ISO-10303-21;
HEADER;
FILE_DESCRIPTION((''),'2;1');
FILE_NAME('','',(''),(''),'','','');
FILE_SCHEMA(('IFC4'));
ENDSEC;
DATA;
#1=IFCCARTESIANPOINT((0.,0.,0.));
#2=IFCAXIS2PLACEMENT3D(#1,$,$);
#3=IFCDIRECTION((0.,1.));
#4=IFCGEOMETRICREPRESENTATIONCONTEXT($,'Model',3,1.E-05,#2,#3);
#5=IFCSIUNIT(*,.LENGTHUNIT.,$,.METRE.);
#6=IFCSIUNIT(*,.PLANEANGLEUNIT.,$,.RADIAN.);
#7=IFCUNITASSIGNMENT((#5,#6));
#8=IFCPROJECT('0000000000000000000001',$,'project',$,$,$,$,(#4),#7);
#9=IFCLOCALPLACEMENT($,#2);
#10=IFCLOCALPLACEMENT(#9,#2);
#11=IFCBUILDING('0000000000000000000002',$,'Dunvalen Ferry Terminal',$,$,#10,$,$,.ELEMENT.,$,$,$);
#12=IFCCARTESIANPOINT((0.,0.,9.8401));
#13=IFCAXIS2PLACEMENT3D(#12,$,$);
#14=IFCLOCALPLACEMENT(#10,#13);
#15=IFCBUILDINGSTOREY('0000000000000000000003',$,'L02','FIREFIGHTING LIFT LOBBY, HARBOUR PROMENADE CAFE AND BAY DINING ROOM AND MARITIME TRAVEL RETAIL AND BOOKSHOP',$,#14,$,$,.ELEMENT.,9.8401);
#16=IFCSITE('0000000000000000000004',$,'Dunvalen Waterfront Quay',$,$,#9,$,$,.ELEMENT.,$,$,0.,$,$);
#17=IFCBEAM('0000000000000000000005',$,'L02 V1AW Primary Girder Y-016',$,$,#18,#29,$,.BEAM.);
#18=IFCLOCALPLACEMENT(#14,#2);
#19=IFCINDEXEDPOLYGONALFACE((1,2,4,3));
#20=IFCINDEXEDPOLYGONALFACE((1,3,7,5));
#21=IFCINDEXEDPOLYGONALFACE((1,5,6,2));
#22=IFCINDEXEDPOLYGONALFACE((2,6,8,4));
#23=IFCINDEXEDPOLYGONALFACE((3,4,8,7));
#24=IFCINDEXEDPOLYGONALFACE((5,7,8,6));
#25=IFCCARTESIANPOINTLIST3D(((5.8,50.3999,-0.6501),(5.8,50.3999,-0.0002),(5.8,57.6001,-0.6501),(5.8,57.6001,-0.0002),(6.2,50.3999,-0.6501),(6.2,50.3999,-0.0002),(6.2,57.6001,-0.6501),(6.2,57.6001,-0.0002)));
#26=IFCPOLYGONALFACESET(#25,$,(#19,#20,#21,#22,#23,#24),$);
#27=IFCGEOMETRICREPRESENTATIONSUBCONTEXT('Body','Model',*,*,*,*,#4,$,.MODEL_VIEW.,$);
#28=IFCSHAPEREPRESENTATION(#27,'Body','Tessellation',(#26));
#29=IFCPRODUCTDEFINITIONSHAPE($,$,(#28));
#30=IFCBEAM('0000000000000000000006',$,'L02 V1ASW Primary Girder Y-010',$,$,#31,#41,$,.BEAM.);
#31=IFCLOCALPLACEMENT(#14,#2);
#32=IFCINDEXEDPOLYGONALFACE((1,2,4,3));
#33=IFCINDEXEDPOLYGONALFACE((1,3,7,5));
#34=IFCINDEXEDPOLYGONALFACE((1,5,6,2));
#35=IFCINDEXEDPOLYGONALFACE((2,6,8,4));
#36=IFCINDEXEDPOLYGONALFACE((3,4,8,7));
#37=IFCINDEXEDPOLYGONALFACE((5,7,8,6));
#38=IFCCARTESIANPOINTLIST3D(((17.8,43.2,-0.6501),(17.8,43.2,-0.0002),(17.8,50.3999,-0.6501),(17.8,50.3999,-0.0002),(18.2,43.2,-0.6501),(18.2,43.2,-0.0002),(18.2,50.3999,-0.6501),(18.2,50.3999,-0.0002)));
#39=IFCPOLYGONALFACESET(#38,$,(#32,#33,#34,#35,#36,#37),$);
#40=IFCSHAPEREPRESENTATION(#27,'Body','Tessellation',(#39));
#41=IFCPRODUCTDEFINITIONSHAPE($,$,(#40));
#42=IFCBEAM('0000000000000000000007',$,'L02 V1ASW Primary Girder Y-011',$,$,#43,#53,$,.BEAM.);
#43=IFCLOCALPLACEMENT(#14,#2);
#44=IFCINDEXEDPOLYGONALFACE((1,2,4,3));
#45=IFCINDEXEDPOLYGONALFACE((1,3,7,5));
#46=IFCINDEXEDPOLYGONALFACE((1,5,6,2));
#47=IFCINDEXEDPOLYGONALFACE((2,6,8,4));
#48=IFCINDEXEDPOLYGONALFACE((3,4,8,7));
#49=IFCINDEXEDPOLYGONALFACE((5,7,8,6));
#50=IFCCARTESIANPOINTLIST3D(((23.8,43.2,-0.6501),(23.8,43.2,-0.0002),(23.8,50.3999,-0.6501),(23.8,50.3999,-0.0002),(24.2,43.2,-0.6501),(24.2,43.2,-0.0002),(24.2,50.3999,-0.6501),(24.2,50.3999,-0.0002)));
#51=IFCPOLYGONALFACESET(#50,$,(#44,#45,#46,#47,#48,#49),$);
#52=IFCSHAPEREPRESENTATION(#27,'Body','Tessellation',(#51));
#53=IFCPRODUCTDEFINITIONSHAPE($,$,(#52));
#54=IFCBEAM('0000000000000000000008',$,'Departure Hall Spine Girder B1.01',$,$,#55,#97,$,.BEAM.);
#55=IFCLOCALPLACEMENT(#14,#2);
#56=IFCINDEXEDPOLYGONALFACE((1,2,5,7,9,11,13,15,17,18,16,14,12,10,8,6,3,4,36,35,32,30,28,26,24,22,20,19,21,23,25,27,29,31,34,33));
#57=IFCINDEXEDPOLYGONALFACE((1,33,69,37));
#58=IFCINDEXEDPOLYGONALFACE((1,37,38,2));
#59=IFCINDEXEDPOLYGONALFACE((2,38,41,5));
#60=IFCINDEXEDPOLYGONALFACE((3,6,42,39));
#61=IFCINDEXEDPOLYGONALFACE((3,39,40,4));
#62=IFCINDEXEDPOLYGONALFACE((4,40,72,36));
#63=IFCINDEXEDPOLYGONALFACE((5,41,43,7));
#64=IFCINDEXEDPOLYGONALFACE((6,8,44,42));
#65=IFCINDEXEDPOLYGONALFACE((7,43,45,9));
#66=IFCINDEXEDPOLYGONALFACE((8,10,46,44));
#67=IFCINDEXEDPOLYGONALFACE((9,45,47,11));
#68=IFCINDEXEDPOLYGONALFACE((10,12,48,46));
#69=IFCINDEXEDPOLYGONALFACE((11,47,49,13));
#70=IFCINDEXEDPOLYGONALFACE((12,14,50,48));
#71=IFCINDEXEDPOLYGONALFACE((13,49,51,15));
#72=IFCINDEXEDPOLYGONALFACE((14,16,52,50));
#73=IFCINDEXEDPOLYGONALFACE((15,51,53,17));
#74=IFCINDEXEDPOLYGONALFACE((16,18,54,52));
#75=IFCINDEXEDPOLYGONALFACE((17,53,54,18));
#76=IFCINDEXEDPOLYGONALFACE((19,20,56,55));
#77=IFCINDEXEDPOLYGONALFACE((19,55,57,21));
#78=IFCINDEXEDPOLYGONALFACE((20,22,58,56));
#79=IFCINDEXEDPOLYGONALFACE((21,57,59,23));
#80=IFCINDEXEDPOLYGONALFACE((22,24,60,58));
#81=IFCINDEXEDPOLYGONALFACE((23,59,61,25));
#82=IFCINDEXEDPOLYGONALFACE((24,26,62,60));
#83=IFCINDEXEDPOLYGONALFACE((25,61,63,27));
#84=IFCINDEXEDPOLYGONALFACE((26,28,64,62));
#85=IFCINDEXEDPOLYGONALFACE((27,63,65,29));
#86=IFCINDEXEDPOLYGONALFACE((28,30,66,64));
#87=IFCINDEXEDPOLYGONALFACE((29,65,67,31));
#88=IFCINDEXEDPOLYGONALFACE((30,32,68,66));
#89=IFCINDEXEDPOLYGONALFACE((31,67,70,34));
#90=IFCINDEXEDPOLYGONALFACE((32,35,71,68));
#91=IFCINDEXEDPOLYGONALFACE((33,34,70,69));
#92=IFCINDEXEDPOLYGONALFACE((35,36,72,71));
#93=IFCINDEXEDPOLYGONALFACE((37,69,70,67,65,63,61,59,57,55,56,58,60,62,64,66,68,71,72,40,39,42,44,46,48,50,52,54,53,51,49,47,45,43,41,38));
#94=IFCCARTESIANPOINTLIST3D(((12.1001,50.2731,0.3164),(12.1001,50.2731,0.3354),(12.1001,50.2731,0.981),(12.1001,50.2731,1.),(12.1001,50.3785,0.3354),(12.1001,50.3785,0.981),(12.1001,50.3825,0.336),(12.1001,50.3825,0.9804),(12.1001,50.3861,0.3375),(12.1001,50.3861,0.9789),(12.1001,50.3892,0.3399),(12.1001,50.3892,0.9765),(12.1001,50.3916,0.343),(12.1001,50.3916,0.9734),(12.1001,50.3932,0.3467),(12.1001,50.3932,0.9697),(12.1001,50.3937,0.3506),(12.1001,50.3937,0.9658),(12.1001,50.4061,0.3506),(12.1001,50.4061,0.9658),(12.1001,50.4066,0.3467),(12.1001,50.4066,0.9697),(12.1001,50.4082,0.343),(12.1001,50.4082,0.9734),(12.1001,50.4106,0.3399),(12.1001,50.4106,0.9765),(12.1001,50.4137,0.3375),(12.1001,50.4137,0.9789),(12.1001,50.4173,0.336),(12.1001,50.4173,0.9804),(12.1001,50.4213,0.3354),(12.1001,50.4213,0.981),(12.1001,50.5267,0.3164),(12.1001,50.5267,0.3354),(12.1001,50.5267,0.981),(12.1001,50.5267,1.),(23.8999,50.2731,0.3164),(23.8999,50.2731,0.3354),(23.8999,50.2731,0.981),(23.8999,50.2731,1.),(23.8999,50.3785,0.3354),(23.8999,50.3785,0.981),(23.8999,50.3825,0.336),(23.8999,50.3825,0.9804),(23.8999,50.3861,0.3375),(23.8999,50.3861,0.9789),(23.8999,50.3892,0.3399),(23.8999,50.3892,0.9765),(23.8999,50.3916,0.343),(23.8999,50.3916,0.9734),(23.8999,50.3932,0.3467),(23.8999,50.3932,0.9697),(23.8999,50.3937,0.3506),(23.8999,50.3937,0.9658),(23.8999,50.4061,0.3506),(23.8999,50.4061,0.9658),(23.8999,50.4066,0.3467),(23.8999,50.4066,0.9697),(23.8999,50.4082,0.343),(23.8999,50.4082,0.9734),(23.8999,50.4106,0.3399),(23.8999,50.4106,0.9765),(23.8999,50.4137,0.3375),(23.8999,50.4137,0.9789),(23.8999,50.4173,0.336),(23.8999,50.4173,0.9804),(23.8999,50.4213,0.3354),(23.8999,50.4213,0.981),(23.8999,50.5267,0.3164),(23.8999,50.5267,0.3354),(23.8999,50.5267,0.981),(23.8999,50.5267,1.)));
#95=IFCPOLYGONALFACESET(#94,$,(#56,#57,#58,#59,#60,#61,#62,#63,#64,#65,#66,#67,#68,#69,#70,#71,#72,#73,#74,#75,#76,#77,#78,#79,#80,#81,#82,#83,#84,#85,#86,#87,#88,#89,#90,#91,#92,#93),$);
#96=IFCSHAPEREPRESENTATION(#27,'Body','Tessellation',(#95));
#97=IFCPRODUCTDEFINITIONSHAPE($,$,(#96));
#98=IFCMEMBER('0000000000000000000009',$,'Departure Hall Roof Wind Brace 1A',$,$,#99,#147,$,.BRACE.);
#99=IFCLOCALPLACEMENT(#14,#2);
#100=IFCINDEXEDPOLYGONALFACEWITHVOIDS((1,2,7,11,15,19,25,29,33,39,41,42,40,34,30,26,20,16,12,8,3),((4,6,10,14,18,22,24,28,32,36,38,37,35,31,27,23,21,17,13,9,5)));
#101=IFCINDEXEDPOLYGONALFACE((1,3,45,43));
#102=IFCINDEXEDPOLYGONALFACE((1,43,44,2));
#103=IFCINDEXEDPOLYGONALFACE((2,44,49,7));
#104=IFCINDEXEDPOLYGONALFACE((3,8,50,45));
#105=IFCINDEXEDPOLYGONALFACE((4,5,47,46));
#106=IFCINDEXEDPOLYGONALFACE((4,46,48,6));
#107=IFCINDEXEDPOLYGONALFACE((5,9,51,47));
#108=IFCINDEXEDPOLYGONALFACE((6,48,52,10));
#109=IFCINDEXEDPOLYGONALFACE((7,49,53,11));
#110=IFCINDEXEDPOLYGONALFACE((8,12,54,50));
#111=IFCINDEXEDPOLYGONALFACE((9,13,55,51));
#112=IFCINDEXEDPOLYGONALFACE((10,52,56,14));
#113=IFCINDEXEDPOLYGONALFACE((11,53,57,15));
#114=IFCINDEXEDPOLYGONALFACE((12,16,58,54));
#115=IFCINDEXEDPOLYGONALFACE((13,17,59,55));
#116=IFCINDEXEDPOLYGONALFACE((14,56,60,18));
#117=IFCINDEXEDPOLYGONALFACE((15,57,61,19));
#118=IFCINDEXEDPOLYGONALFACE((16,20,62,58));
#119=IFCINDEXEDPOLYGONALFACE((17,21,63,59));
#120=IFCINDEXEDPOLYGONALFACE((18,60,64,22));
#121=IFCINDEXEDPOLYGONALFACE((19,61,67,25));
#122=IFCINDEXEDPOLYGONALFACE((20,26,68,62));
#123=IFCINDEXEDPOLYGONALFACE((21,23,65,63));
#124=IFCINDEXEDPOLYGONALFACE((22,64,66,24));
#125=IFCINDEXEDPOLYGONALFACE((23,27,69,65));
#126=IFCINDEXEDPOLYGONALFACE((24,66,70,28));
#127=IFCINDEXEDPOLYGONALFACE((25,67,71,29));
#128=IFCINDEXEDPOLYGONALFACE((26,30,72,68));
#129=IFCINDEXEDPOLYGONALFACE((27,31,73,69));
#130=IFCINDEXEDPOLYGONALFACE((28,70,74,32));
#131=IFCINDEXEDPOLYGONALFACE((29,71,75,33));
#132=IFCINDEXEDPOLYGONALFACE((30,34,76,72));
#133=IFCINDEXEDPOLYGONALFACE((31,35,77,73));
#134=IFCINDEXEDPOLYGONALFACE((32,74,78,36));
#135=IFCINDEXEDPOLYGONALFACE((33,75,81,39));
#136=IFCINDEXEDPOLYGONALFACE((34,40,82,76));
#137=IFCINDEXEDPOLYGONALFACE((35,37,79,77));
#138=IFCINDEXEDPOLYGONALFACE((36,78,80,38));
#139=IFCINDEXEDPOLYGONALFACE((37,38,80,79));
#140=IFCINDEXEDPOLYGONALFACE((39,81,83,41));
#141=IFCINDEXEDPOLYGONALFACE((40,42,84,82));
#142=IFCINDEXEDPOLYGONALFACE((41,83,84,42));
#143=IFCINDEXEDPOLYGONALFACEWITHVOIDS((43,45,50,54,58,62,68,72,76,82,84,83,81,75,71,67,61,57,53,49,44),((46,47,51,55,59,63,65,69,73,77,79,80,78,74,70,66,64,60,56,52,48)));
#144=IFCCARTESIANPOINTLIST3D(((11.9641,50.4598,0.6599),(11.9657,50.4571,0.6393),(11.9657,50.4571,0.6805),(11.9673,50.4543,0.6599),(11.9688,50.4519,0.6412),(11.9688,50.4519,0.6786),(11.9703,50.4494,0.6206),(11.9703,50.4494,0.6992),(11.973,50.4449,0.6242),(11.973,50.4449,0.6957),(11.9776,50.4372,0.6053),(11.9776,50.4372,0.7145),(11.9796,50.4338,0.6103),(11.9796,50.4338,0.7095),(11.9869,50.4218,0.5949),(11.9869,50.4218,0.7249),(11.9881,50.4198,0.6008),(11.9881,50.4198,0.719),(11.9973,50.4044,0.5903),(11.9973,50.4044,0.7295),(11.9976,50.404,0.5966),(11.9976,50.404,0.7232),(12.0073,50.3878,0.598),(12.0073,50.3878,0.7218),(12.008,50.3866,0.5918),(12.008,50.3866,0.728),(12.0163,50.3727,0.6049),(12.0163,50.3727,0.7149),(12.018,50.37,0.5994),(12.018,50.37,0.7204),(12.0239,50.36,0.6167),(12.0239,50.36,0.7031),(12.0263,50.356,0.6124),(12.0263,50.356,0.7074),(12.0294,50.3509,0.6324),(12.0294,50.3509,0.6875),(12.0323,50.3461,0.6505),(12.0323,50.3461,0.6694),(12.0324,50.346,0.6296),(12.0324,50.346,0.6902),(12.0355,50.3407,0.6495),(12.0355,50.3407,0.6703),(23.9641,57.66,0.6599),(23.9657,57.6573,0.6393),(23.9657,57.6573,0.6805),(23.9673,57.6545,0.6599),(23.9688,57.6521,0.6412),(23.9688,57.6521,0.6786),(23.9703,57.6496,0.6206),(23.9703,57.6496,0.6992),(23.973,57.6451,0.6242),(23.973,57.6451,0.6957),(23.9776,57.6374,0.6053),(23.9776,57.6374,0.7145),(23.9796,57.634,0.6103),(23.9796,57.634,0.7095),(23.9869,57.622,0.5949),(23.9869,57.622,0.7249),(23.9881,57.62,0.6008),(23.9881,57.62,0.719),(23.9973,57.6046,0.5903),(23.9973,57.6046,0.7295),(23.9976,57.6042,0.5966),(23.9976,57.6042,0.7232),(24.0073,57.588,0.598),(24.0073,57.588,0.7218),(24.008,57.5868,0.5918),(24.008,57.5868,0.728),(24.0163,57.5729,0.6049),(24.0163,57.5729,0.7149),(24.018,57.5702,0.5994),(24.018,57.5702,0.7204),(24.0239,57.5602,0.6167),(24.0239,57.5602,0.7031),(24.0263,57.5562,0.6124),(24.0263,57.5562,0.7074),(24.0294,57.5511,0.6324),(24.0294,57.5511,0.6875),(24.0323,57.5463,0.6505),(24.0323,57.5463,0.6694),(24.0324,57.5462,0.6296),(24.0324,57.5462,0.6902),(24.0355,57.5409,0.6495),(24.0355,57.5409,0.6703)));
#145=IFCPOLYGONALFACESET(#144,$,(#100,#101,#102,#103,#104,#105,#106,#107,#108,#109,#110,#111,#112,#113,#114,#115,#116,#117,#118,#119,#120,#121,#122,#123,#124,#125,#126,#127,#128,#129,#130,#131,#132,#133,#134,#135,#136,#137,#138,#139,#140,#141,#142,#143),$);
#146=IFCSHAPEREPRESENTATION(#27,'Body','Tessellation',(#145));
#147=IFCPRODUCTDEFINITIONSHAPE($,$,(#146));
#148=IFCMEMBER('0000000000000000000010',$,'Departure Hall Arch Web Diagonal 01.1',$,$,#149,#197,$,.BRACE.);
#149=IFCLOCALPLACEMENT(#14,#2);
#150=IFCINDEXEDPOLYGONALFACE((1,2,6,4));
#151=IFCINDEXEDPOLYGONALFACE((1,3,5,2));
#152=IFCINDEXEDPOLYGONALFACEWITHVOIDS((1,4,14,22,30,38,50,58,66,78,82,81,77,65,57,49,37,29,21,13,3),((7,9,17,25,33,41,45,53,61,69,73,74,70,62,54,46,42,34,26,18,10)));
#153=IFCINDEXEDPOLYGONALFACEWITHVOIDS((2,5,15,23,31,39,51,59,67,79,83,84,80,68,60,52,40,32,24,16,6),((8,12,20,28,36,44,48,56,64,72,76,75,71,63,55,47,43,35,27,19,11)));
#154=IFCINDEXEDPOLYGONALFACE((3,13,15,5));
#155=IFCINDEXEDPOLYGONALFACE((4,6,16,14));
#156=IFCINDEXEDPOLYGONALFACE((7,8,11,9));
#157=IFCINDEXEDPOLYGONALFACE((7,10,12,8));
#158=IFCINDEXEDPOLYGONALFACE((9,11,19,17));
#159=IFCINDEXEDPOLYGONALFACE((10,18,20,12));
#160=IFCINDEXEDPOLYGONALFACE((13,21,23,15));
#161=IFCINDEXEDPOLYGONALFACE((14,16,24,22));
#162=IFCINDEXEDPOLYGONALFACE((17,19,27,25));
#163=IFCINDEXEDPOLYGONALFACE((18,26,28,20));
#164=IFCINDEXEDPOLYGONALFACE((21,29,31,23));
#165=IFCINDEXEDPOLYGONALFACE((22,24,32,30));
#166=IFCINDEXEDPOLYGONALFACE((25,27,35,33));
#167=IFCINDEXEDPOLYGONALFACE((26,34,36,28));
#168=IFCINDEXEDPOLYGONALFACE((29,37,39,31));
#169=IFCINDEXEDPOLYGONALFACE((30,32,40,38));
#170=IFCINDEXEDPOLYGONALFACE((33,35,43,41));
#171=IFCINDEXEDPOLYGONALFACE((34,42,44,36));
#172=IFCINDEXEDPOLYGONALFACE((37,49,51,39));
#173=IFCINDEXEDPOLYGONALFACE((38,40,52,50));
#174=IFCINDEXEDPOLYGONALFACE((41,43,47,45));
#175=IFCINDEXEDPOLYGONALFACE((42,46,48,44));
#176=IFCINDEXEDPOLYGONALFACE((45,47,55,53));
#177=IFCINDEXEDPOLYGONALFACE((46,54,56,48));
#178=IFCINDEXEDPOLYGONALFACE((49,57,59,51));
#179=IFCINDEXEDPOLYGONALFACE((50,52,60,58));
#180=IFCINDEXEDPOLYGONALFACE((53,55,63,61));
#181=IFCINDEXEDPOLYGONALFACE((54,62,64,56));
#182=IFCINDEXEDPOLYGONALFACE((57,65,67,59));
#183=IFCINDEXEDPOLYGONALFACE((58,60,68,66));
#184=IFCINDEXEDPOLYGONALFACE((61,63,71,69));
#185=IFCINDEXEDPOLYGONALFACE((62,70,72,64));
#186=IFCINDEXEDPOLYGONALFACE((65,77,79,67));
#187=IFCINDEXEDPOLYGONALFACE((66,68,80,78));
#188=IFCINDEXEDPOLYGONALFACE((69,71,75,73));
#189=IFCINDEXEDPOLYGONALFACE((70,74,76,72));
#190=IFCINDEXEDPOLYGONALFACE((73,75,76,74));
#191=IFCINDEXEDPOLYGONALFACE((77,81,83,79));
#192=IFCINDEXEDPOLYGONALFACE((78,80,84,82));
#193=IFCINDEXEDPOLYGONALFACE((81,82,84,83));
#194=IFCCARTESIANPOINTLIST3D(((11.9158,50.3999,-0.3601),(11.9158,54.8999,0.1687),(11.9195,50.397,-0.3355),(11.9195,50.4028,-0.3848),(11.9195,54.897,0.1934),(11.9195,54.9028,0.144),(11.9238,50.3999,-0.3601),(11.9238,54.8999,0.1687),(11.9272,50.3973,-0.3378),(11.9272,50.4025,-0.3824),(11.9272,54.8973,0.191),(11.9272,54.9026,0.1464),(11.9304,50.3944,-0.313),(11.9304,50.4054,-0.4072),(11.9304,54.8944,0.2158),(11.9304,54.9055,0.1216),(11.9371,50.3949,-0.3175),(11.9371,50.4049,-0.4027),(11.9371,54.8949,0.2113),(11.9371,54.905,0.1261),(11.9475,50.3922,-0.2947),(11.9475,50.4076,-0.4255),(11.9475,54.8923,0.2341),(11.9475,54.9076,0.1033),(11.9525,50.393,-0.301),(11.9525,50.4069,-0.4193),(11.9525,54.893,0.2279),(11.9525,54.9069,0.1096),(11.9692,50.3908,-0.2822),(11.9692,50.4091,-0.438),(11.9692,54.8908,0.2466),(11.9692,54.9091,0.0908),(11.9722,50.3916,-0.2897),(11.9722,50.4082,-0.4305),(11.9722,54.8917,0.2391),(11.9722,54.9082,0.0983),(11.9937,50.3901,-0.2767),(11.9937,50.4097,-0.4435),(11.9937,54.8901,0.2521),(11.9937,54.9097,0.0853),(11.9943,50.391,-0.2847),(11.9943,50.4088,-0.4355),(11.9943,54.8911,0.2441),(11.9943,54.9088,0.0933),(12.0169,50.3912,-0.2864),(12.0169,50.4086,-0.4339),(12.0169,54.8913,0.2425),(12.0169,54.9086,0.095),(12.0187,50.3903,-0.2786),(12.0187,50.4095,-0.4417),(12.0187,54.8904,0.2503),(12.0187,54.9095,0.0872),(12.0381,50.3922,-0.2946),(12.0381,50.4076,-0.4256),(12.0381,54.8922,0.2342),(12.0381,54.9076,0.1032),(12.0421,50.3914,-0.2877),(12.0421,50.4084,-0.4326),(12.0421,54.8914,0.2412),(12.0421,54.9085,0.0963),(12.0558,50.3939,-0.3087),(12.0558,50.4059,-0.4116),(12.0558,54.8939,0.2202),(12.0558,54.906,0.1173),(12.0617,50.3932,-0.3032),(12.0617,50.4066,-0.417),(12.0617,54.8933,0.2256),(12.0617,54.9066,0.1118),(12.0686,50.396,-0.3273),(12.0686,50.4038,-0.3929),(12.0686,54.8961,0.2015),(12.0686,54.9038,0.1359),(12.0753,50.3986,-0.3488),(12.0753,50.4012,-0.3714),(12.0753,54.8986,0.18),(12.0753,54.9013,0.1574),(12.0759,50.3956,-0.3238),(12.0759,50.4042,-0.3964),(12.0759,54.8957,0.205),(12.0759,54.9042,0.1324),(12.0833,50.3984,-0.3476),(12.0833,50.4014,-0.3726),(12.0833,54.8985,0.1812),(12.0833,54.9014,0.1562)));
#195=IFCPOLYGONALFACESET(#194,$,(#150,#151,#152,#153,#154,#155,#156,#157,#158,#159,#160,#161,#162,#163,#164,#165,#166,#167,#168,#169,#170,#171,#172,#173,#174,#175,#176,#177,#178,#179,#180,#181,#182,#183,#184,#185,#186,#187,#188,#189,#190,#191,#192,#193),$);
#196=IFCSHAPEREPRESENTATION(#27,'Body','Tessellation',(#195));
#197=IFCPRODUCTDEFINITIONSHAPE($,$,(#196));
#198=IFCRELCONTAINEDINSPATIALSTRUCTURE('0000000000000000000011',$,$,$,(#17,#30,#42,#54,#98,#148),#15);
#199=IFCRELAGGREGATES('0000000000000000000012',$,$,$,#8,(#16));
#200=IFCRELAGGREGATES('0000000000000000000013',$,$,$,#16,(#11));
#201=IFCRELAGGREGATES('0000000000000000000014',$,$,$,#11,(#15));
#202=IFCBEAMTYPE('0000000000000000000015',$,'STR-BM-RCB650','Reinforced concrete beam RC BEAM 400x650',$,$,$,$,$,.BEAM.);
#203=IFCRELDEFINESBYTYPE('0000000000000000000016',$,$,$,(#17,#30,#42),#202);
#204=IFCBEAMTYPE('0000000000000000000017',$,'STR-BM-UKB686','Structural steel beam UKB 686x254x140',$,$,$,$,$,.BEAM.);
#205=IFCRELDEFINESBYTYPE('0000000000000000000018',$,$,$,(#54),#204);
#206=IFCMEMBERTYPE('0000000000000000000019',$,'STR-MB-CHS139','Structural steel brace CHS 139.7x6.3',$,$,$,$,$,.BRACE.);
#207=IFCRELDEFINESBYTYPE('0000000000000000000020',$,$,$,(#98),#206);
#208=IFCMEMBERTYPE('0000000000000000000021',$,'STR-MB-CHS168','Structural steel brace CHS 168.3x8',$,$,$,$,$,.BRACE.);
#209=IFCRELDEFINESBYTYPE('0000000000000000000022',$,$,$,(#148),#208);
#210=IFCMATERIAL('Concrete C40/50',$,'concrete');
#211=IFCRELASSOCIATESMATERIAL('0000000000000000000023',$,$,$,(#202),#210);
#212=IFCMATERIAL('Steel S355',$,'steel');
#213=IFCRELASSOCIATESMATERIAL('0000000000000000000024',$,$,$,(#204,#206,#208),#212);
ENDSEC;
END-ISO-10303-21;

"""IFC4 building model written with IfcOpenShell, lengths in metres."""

from ifc_helpers import new_model, si_unit, direction, frame, origin, origin_2d, place, context, subcontext, project, spatial, rectangle, hollow_circle, i_section, extrude, material, material_profile, profile_set, type_object, element, save


model = new_model("IFC4")

# Units and contexts
model_context = context("Model", 3, precision=1e-05, world=origin(), true_north=direction((0.0, 1.0)))
body_context = subcontext(model_context, "Body", "Model", "MODEL_VIEW")
ifc_project = project(units=[si_unit("LENGTHUNIT", "METRE"), si_unit("PLANEANGLEUNIT", "RADIAN")], contexts=[model_context])

# Site, building, storey
site_placement = place(None, origin())
site = spatial("IfcSite", under=ifc_project, at=site_placement, Name="Dunvalen Waterfront Quay", CompositionType="ELEMENT", RefElevation=0.0)
building_placement = place(site_placement, origin())
building = spatial("IfcBuilding", under=site, at=building_placement, Name="Dunvalen Ferry Terminal", CompositionType="ELEMENT")
storey_placement = place(building_placement, frame((0.0, 0.0, 9.8401)))
storey = spatial("IfcBuildingStorey", under=building, at=storey_placement, Name="L02", Description="FIREFIGHTING LIFT LOBBY, HARBOUR PROMENADE CAFE AND BAY DINING ROOM AND MARITIME TRAVEL RETAIL AND BOOKSHOP", CompositionType="ELEMENT", Elevation=9.8401)

# Beams
ifc_material_1 = material(Name="Concrete C40/50", Category="concrete")
ifc_material_profile_1 = material_profile(ifc_material_1, rectangle(XDim=0.3999, YDim=0.6499, at=origin_2d()), Name="Concrete C40/50")
ifc_profile_set_1 = profile_set([ifc_material_profile_1], Name="Concrete C40/50")
beam_type_1 = type_object("IfcBeamType", Name="STR-BM-RCB650", Description="Reinforced concrete beam RC BEAM 400x650", PredefinedType="BEAM", material=ifc_profile_set_1)
beam_1_placement = place(storey_placement, frame((6.0, 50.3999, -0.3252), z_axis=(0.0, 1.0, 0.0), x_axis=(-1.0, 0.0, 0.0)))
element("IfcBeam", 1, at=beam_1_placement, inside=storey, type_object=beam_type_1, Name="L02 V1AW Primary Girder Y-016", PredefinedType="BEAM", context=body_context, shape_type="SweptSolid", body=[
    extrude(rectangle(XDim=0.3999, YDim=0.6499, at=origin_2d()), origin(), (0.0, 0.0, 1.0), 7.2002),
])
for number, where, z_axis, x_axis, name in (
    (2, (18.0, 43.2, -0.3252), (0.0, 1.0, 0.0), (-1.0, 0.0, 0.0), "L02 V1ASW Primary Girder Y-010"),
    (3, (24.0, 43.2, -0.3252), (0.0, 1.0, 0.0), (-1.0, 0.0, 0.0), "L02 V1ASW Primary Girder Y-011"),
):
    element("IfcBeam", number, at=place(storey_placement, frame(where, z_axis=z_axis, x_axis=x_axis)), inside=storey, type_object=beam_type_1, Name=name, PredefinedType="BEAM", context=body_context, shape_type="SweptSolid", body=[
        extrude(rectangle(XDim=0.3999, YDim=0.6499, at=origin_2d()), origin(), (0.0, 0.0, 1.0), 7.2),
    ])
ifc_material_2 = material(Name="Steel S355", Category="steel")
ifc_material_profile_2 = material_profile(ifc_material_2, i_section(OverallWidth=0.2537, OverallDepth=0.6836, WebThickness=0.0125, FlangeThickness=0.019, FilletRadius=0.0151, at=origin_2d()), Name="Steel S355")
ifc_profile_set_2 = profile_set([ifc_material_profile_2], Name="Steel S355")
beam_type_2 = type_object("IfcBeamType", Name="STR-BM-UKB686", Description="Structural steel beam UKB 686x254x140", PredefinedType="BEAM", material=ifc_profile_set_2)
beam_2_placement = place(storey_placement, frame((12.1001, 50.3999, 0.6582), z_axis=(1.0, 0.0, 0.0), x_axis=(0.0, 1.0, 0.0)))
element("IfcBeam", 4, at=beam_2_placement, inside=storey, type_object=beam_type_2, Name="Departure Hall Spine Girder B1.01", PredefinedType="BEAM", context=body_context, shape_type="SweptSolid", body=[
    extrude(i_section(OverallWidth=0.2537, OverallDepth=0.6836, WebThickness=0.0125, FlangeThickness=0.019, FilletRadius=0.0151, at=origin_2d()), origin(), (0.0, 0.0, 1.0), 11.7998),
])

# Members
ifc_material_profile_3 = material_profile(ifc_material_2, hollow_circle(Radius=0.0698, WallThickness=0.0063, at=origin_2d()), Name="Steel S355")
ifc_profile_set_3 = profile_set([ifc_material_profile_3], Name="Steel S355")
member_type_1 = type_object("IfcMemberType", Name="STR-MB-CHS139", Description="Structural steel brace CHS 139.7x6.3", PredefinedType="BRACE", material=ifc_profile_set_3)
member_1_placement = place(storey_placement, frame((12.0, 50.3999, 0.6599), z_axis=(0.857487, 0.514506, 0.0), x_axis=(-0.514506, 0.857487, 0.0)))
element("IfcMember", 5, at=member_1_placement, inside=storey, type_object=member_type_1, Name="Departure Hall Roof Wind Brace 1A", PredefinedType="BRACE", context=body_context, shape_type="SweptSolid", body=[
    extrude(hollow_circle(Radius=0.0698, WallThickness=0.0063, at=origin_2d()), origin(), (0.0, 0.0, 1.0), 13.9944),
])
ifc_material_profile_4 = material_profile(ifc_material_2, hollow_circle(Radius=0.0842, WallThickness=0.0081, at=origin_2d()), Name="Steel S355")
ifc_profile_set_4 = profile_set([ifc_material_profile_4], Name="Steel S355")
member_type_2 = type_object("IfcMemberType", Name="STR-MB-CHS168", Description="Structural steel brace CHS 168.3x8", PredefinedType="BRACE", material=ifc_profile_set_4)
member_2_placement = place(storey_placement, frame((12.0, 50.3999, -0.3601), z_axis=(0.0, 0.993166, 0.11671), x_axis=(-1.0, 0.0, 0.0)))
element("IfcMember", 6, at=member_2_placement, inside=storey, type_object=member_type_2, Name="Departure Hall Arch Web Diagonal 01.1", PredefinedType="BRACE", context=body_context, shape_type="SweptSolid", body=[
    extrude(hollow_circle(Radius=0.0842, WallThickness=0.0081, at=origin_2d()), origin(), (0.0, 0.0, 1.0), 4.531),
])

save(model, "model.ifc")
